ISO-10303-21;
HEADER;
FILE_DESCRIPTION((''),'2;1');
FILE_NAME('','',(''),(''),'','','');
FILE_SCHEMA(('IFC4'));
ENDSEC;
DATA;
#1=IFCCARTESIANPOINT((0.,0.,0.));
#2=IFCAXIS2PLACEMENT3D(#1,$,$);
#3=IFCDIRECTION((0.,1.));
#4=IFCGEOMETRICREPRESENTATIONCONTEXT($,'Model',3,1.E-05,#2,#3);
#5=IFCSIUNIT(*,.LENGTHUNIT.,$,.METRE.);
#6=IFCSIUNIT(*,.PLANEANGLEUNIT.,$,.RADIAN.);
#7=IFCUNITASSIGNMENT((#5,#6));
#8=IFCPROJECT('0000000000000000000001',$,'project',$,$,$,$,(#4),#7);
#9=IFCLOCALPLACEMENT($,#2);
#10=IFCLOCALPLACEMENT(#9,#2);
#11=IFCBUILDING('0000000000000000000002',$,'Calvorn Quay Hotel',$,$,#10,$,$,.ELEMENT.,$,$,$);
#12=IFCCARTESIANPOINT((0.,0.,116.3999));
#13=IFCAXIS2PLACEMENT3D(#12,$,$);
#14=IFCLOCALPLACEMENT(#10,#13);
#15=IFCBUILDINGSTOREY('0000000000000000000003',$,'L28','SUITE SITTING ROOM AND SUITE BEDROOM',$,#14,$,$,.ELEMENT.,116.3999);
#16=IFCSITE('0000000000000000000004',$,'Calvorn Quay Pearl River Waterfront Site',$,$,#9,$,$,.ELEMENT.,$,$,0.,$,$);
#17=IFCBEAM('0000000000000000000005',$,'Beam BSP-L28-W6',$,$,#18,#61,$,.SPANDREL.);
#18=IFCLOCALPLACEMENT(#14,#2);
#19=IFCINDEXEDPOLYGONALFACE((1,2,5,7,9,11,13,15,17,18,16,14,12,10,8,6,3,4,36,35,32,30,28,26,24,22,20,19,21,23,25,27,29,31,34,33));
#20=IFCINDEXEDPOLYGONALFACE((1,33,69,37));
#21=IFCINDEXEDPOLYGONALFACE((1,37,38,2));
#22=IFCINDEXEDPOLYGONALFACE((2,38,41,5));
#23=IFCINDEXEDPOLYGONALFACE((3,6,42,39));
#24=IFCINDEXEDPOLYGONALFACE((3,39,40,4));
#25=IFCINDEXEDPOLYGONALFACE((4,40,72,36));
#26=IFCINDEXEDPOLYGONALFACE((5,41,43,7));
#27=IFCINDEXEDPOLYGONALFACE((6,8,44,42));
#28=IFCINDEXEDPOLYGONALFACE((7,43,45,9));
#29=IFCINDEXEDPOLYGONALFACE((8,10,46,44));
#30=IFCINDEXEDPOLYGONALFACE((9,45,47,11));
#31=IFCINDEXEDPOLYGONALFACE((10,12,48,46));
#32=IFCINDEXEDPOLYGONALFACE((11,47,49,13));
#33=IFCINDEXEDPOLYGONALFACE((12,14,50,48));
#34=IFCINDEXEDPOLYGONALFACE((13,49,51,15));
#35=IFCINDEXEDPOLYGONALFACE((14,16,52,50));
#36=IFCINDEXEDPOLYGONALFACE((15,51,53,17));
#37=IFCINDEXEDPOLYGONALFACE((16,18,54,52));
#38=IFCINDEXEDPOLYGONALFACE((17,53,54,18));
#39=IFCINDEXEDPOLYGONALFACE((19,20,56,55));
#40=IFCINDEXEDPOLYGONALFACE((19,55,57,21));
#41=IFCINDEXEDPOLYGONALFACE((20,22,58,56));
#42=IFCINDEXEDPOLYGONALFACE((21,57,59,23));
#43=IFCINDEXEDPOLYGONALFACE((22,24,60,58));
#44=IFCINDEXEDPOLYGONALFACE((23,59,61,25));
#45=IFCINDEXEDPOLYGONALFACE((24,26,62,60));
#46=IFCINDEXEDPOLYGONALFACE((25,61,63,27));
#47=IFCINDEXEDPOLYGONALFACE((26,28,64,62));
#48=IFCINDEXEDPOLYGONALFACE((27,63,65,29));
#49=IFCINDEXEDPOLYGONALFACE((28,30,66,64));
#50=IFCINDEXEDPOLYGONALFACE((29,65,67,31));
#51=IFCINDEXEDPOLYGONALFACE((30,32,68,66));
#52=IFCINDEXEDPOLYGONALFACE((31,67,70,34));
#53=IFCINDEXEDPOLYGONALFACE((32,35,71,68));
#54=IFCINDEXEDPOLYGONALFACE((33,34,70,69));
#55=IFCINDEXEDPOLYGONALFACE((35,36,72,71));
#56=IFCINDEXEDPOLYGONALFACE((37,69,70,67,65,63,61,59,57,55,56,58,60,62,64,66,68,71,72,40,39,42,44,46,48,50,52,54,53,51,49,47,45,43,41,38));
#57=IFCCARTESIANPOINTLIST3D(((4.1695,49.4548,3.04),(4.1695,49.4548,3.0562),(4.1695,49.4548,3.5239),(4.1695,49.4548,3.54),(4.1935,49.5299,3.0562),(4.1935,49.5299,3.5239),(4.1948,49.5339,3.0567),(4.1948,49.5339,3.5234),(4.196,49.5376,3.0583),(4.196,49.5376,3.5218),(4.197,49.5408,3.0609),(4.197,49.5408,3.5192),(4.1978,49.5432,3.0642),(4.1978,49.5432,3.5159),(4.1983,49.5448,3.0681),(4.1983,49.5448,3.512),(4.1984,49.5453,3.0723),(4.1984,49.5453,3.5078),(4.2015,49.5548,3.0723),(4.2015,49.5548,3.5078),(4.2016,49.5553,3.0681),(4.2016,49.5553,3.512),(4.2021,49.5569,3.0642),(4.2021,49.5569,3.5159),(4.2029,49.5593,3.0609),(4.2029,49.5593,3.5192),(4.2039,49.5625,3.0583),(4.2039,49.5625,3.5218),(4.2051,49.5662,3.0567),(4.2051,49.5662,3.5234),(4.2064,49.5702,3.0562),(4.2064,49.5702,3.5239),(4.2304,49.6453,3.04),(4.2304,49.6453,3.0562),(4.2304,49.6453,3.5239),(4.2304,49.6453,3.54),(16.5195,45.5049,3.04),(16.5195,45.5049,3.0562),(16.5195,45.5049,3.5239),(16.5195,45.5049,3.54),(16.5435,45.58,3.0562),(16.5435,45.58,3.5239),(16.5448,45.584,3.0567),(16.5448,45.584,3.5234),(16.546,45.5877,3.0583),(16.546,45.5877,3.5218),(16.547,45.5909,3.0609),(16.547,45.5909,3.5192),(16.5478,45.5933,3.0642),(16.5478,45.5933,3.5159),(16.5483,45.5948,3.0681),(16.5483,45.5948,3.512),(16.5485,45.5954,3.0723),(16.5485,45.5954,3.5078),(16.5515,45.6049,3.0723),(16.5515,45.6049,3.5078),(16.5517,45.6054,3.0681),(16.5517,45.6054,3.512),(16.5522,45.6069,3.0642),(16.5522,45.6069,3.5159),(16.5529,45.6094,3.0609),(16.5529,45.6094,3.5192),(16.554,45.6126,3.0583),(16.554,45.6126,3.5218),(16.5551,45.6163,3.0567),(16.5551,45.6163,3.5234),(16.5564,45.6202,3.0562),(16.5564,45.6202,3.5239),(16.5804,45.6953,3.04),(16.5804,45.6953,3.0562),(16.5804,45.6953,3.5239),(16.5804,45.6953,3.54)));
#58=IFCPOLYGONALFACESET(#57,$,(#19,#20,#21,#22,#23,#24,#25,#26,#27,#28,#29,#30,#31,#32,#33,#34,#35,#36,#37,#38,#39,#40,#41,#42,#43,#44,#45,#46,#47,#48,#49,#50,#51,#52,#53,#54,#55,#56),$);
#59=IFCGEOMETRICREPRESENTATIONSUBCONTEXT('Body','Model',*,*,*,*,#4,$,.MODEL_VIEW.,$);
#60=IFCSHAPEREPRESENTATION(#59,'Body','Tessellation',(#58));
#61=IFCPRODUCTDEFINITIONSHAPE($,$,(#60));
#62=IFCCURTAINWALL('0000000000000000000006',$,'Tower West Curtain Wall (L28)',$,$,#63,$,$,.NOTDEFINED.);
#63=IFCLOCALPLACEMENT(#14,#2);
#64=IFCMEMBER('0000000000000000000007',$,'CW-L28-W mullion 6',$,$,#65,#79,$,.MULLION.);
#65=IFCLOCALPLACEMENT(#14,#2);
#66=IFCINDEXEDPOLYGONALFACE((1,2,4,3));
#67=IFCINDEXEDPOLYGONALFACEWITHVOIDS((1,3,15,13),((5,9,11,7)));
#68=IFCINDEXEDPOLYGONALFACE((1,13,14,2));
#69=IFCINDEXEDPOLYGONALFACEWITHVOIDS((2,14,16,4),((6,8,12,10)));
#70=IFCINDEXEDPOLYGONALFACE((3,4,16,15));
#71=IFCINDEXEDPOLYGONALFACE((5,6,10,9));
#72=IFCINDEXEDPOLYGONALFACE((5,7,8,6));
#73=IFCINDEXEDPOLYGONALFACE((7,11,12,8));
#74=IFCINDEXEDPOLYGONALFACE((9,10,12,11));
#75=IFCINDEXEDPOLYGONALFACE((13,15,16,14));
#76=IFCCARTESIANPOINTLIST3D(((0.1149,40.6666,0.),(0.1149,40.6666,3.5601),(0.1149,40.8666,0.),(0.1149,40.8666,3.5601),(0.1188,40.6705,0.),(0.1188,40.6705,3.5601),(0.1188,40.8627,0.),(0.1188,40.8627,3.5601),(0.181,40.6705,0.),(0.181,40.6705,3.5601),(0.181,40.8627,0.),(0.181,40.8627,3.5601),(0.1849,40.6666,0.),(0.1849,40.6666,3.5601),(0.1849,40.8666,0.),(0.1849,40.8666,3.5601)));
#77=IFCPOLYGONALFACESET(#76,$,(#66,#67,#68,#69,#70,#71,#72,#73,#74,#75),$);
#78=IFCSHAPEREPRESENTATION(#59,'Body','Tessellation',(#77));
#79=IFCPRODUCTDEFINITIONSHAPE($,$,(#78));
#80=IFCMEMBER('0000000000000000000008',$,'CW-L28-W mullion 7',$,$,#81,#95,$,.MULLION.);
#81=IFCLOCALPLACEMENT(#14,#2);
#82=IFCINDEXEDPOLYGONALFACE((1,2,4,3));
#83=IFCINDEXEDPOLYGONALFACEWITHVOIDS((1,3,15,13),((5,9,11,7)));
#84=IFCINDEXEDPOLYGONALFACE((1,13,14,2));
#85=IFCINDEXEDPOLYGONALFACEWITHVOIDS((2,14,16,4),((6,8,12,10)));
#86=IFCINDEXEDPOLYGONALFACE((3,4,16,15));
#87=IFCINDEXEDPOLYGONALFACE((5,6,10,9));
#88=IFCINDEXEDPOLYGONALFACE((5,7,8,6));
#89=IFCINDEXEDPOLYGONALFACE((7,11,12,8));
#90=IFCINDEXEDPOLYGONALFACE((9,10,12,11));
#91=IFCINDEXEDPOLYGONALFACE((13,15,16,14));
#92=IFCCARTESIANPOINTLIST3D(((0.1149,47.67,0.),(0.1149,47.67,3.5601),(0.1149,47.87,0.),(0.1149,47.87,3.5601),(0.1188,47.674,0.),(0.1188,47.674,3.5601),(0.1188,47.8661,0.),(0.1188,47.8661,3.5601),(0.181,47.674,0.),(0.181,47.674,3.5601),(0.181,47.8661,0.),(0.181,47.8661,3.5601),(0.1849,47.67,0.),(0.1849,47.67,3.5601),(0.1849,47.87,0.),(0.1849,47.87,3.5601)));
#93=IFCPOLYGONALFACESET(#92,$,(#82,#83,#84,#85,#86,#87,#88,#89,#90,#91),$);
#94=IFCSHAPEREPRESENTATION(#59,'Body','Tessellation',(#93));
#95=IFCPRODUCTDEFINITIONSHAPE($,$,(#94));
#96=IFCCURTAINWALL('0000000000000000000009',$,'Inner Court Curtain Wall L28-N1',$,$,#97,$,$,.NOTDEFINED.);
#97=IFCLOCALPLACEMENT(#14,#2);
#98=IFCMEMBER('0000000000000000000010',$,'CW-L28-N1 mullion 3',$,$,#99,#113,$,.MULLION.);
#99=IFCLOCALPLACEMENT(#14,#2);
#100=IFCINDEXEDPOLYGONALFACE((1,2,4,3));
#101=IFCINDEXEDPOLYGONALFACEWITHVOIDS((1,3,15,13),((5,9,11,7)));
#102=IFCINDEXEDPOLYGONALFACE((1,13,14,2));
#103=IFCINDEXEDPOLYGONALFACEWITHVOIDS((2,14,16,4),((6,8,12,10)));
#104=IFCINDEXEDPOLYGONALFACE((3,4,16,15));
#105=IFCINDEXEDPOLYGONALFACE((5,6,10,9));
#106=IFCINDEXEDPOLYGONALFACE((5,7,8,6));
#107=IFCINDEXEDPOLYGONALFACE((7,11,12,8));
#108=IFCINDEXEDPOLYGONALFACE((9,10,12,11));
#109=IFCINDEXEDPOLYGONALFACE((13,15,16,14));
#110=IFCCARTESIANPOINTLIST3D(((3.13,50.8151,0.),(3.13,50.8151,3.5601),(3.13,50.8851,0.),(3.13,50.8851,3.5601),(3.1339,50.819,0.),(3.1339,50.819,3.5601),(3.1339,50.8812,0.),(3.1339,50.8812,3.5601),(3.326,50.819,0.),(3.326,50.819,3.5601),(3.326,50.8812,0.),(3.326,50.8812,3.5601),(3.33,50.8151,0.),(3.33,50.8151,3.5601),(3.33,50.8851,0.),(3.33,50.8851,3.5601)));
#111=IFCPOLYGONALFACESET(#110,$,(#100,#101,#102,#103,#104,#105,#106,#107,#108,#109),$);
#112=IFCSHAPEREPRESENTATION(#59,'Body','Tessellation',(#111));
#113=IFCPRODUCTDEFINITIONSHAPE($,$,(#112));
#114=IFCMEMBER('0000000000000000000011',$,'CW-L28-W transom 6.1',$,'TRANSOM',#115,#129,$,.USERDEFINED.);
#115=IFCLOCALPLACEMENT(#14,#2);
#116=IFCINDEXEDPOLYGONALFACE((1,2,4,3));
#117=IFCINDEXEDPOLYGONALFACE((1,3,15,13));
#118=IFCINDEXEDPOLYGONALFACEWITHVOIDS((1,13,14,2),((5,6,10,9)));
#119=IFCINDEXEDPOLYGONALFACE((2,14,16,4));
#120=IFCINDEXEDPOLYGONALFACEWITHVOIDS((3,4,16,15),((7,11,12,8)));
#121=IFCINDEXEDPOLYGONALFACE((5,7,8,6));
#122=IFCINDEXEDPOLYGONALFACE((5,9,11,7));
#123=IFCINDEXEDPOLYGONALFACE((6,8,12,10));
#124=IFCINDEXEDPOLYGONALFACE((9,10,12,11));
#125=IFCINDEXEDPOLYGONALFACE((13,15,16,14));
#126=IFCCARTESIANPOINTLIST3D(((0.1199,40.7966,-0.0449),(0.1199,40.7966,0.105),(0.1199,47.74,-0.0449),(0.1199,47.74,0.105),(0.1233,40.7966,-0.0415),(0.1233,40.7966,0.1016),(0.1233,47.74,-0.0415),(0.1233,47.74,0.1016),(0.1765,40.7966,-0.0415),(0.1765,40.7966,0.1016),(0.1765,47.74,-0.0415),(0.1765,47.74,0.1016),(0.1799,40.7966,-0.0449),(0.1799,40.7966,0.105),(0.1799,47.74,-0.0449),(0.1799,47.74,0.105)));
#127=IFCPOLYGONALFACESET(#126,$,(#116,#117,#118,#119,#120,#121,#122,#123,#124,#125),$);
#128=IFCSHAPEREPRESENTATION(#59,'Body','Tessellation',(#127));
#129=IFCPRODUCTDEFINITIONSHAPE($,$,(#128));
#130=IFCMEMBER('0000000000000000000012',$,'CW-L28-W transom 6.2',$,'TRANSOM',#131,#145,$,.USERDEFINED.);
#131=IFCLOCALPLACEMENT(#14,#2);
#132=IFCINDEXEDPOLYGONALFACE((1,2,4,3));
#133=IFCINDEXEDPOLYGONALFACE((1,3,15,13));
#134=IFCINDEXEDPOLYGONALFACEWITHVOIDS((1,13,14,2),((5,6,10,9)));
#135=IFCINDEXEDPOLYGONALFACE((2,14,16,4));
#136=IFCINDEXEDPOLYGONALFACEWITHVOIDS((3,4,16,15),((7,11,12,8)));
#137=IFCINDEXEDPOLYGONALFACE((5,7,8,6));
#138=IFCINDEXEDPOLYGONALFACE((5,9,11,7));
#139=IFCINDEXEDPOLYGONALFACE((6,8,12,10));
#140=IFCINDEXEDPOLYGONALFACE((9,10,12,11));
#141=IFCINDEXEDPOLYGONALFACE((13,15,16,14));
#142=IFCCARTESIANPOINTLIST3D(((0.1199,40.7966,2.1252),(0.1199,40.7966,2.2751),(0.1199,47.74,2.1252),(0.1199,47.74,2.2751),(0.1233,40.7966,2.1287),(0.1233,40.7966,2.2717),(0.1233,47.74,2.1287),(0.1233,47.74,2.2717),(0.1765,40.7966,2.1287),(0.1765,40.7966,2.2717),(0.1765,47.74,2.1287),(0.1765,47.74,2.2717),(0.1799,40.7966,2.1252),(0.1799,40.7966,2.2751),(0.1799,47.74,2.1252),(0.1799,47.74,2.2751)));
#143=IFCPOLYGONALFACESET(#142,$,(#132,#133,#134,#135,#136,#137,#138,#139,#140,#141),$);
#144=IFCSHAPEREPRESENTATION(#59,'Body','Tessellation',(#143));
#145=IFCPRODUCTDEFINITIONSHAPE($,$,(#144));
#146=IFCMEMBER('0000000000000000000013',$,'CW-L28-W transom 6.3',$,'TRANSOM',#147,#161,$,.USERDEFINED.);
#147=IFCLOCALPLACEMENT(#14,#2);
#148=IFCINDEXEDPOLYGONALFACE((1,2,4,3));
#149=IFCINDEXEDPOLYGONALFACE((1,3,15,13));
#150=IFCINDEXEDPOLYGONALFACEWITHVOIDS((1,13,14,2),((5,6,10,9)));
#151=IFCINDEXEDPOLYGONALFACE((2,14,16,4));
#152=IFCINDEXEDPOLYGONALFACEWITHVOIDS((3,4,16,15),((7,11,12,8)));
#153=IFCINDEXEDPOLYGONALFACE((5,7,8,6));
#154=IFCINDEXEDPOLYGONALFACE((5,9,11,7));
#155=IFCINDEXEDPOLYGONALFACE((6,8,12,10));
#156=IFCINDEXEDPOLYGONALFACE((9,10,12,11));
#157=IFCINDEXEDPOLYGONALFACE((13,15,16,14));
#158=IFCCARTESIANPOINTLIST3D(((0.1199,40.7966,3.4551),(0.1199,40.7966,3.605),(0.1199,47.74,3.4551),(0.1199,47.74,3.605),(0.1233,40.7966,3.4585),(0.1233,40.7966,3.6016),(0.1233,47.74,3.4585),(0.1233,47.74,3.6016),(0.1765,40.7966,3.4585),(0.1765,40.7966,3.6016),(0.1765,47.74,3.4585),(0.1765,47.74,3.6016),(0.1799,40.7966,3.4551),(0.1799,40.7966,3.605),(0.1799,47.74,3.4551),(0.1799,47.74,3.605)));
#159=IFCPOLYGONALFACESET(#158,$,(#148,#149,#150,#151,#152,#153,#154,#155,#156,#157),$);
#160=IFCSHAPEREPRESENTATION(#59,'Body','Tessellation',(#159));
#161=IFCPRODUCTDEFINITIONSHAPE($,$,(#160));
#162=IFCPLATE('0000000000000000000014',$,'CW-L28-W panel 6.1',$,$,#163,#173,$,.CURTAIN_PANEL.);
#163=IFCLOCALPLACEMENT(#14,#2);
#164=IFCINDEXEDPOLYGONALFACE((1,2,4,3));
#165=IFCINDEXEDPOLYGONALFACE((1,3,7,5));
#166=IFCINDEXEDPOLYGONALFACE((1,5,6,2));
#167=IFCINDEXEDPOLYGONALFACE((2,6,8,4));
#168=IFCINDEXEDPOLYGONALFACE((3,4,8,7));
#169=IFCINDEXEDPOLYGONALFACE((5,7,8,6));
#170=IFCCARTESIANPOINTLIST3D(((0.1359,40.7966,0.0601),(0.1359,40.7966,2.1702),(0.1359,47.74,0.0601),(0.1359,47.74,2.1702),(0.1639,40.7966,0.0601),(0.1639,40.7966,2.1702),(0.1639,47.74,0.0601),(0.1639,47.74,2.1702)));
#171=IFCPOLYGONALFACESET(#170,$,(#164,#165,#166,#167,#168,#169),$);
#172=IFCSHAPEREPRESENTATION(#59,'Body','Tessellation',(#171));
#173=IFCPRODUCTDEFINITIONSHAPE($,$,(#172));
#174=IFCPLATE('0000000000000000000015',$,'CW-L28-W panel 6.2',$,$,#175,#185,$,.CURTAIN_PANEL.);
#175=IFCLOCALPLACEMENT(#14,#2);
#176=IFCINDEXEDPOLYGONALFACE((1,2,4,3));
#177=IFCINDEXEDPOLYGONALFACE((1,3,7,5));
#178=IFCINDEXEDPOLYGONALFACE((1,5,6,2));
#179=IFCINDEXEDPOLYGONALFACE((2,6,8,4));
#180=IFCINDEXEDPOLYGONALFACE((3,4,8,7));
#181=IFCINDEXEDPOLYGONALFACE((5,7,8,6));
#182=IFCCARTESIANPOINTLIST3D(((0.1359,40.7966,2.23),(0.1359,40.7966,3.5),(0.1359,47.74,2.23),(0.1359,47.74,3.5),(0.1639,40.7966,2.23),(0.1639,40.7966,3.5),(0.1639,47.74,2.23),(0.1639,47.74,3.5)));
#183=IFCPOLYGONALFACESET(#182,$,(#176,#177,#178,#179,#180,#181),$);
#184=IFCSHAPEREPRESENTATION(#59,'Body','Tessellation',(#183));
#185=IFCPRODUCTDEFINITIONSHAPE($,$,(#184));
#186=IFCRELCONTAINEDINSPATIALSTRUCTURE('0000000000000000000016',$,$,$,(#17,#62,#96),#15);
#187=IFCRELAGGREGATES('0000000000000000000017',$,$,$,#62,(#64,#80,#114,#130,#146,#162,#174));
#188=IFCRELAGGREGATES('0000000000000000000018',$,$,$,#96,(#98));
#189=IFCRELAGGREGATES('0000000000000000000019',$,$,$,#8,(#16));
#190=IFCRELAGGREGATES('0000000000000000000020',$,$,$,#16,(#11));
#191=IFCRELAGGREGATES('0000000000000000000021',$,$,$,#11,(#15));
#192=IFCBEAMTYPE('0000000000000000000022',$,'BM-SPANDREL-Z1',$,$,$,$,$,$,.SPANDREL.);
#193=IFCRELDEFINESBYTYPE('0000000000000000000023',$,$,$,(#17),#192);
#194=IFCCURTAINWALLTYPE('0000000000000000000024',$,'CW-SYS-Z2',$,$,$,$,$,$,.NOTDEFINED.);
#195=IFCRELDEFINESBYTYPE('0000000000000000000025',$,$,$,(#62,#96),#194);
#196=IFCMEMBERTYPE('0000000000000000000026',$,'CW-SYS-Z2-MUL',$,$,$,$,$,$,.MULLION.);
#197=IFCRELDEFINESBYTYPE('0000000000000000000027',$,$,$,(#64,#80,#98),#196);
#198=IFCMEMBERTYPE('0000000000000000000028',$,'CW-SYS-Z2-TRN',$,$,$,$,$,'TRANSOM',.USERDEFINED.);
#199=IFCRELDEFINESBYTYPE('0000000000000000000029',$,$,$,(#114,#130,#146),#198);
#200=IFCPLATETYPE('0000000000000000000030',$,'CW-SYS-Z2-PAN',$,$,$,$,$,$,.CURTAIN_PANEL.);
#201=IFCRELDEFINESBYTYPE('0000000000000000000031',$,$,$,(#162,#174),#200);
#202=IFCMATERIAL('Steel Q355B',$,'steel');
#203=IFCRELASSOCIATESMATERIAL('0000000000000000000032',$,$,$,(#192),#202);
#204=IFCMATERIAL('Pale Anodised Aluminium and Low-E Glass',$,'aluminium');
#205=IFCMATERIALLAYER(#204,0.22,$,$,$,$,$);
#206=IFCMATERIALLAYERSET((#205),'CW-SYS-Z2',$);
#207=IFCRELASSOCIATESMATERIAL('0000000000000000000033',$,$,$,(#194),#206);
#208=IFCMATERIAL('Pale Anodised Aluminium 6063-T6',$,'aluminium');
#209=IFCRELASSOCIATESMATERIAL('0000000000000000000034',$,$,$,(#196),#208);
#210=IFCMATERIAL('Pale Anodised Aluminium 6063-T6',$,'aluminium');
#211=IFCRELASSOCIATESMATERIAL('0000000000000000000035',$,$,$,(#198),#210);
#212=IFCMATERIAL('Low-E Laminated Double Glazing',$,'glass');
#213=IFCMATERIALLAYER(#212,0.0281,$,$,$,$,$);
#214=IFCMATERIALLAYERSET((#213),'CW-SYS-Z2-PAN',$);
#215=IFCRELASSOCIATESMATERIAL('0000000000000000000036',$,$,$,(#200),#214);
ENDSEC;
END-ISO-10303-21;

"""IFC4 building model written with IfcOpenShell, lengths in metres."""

from ifc_helpers import new_model, si_unit, direction, frame, origin, origin_2d, place, context, subcontext, project, spatial, rectangle, hollow_rectangle, i_section, extrude, material, layer, layer_set, material_profile, profile_set, type_object, element, aggregate, save


model = new_model("IFC4")

# Units and contexts
model_context = context("Model", 3, precision=1e-05, world=origin(), true_north=direction((0.0, 1.0)))
body_context = subcontext(model_context, "Body", "Model", "MODEL_VIEW")
ifc_project = project(units=[si_unit("LENGTHUNIT", "METRE"), si_unit("PLANEANGLEUNIT", "RADIAN")], contexts=[model_context])

# Site, building, storey
site_placement = place(None, origin())
site = spatial("IfcSite", under=ifc_project, at=site_placement, Name="Calvorn Quay Pearl River Waterfront Site", CompositionType="ELEMENT", RefElevation=0.0)
building_placement = place(site_placement, origin())
building = spatial("IfcBuilding", under=site, at=building_placement, Name="Calvorn Quay Hotel", CompositionType="ELEMENT")
storey_placement = place(building_placement, frame((0.0, 0.0, 116.3999)))
storey = spatial("IfcBuildingStorey", under=building, at=storey_placement, Name="L28", Description="SUITE SITTING ROOM AND SUITE BEDROOM", CompositionType="ELEMENT", Elevation=116.3999)

# Beam
ifc_material_1 = material(Name="Steel Q355B", Category="steel")
ifc_material_profile_1 = material_profile(ifc_material_1, i_section(OverallWidth=0.2, OverallDepth=0.5, WebThickness=0.01, FlangeThickness=0.0161, FilletRadius=0.0161, at=origin_2d()), Name="HN500x200x10x16")
ifc_profile_set_1 = profile_set([ifc_material_profile_1], Name="Steel Q355B")
beam_type_1 = type_object("IfcBeamType", Name="BM-SPANDREL-Z1", PredefinedType="SPANDREL", material=ifc_profile_set_1)
beam_1_placement = place(storey_placement, frame((4.2, 49.55, 3.29), z_axis=(0.952471, -0.30463, 0.0), x_axis=(0.30463, 0.952471, 0.0)))
element("IfcBeam", 1, at=beam_1_placement, inside=storey, type_object=beam_type_1, Name="Beam BSP-L28-W6", PredefinedType="SPANDREL", context=body_context, shape_type="SweptSolid", body=[
    extrude(i_section(OverallWidth=0.2, OverallDepth=0.5, WebThickness=0.01, FlangeThickness=0.0161, FilletRadius=0.0161, at=origin_2d()), origin(), (0.0, 0.0, 1.0), 12.9663),
])

# Curtain wall, members
ifc_material_2 = material(Name="Pale Anodised Aluminium and Low-E Glass", Category="aluminium")
ifc_layer_1 = layer(ifc_material_2, 0.22)
ifc_layer_set_1 = layer_set([ifc_layer_1], Name="CW-SYS-Z2")
curtain_wall_type = type_object("IfcCurtainWallType", Name="CW-SYS-Z2", PredefinedType="NOTDEFINED", material=ifc_layer_set_1)
curtain_wall_1_placement = place(storey_placement, origin())
curtain_wall_1 = element("IfcCurtainWall", 2, at=curtain_wall_1_placement, inside=storey, type_object=curtain_wall_type, Name="Tower West Curtain Wall (L28)", PredefinedType="NOTDEFINED")
ifc_material_3 = material(Name="Pale Anodised Aluminium 6063-T6", Category="aluminium")
ifc_material_profile_2 = material_profile(ifc_material_3, hollow_rectangle(XDim=0.0701, YDim=0.2, WallThickness=0.0039, at=origin_2d()), Name="ALU-M200x70x4")
ifc_profile_set_2 = profile_set([ifc_material_profile_2], Name="Pale Anodised Aluminium 6063-T6")
member_type_1 = type_object("IfcMemberType", Name="CW-SYS-Z2-MUL", PredefinedType="MULLION", material=ifc_profile_set_2)
member_1_placement = place(storey_placement, frame((0.1499, 40.7666, 0.0), z_axis=(0.0, 0.0, 1.0), x_axis=(-1.0, 0.0, 0.0)))
member_1 = element("IfcMember", 3, at=member_1_placement, type_object=member_type_1, Name="CW-L28-W mullion 6", PredefinedType="MULLION", context=body_context, shape_type="SweptSolid", body=[
    extrude(hollow_rectangle(XDim=0.0701, YDim=0.2, WallThickness=0.0039, at=origin_2d()), origin(), (0.0, 0.0, 1.0), 3.5601),
])
member_2_placement = place(storey_placement, frame((0.1499, 47.77, 0.0), z_axis=(0.0, 0.0, 1.0), x_axis=(-1.0, 0.0, 0.0)))
member_2 = element("IfcMember", 4, at=member_2_placement, type_object=member_type_1, Name="CW-L28-W mullion 7", PredefinedType="MULLION", context=body_context, shape_type="SweptSolid", body=[
    extrude(hollow_rectangle(XDim=0.0701, YDim=0.2, WallThickness=0.0039, at=origin_2d()), origin(), (0.0, 0.0, 1.0), 3.5601),
])

# Curtain wall, member
curtain_wall_2_placement = place(storey_placement, origin())
curtain_wall_2 = element("IfcCurtainWall", 5, at=curtain_wall_2_placement, inside=storey, type_object=curtain_wall_type, Name="Inner Court Curtain Wall L28-N1", PredefinedType="NOTDEFINED")
member_3_placement = place(storey_placement, frame((3.23, 50.8501, 0.0), z_axis=(0.0, 0.0, 1.0), x_axis=(0.0, -1.0, 0.0)))
member_3 = element("IfcMember", 6, at=member_3_placement, type_object=member_type_1, Name="CW-L28-N1 mullion 3", PredefinedType="MULLION", context=body_context, shape_type="SweptSolid", body=[
    extrude(hollow_rectangle(XDim=0.0701, YDim=0.2, WallThickness=0.0039, at=origin_2d()), origin(), (0.0, 0.0, 1.0), 3.5601),
])

# Members
ifc_material_4 = material(Name="Pale Anodised Aluminium 6063-T6", Category="aluminium")
ifc_material_profile_3 = material_profile(ifc_material_4, hollow_rectangle(XDim=0.0601, YDim=0.1499, WallThickness=0.0034, at=origin_2d()), Name="ALU-T150x60x3.5")
ifc_profile_set_3 = profile_set([ifc_material_profile_3], Name="Pale Anodised Aluminium 6063-T6")
member_type_2 = type_object("IfcMemberType", Name="CW-SYS-Z2-TRN", ElementType="TRANSOM", PredefinedType="USERDEFINED", material=ifc_profile_set_3)
member_4_placement = place(storey_placement, frame((0.1499, 40.7966, 0.03), z_axis=(0.0, 1.0, 0.0), x_axis=(-1.0, 0.0, 0.0)))
member_4 = element("IfcMember", 7, at=member_4_placement, type_object=member_type_2, Name="CW-L28-W transom 6.1", ObjectType="TRANSOM", PredefinedType="USERDEFINED", context=body_context, shape_type="SweptSolid", body=[
    extrude(hollow_rectangle(XDim=0.0601, YDim=0.1499, WallThickness=0.0034, at=origin_2d()), origin(), (0.0, 0.0, 1.0), 6.9434),
])
member_5_placement = place(storey_placement, frame((0.1499, 40.7966, 2.2002), z_axis=(0.0, 1.0, 0.0), x_axis=(-1.0, 0.0, 0.0)))
member_5 = element("IfcMember", 8, at=member_5_placement, type_object=member_type_2, Name="CW-L28-W transom 6.2", ObjectType="TRANSOM", PredefinedType="USERDEFINED", context=body_context, shape_type="SweptSolid", body=[
    extrude(hollow_rectangle(XDim=0.0601, YDim=0.1499, WallThickness=0.0034, at=origin_2d()), origin(), (0.0, 0.0, 1.0), 6.9434),
])
member_6_placement = place(storey_placement, frame((0.1499, 40.7966, 3.53), z_axis=(0.0, 1.0, 0.0), x_axis=(-1.0, 0.0, 0.0)))
member_6 = element("IfcMember", 9, at=member_6_placement, type_object=member_type_2, Name="CW-L28-W transom 6.3", ObjectType="TRANSOM", PredefinedType="USERDEFINED", context=body_context, shape_type="SweptSolid", body=[
    extrude(hollow_rectangle(XDim=0.0601, YDim=0.1499, WallThickness=0.0034, at=origin_2d()), origin(), (0.0, 0.0, 1.0), 6.9434),
])

# Plates
ifc_material_5 = material(Name="Low-E Laminated Double Glazing", Category="glass")
ifc_layer_2 = layer(ifc_material_5, 0.0281)
ifc_layer_set_2 = layer_set([ifc_layer_2], Name="CW-SYS-Z2-PAN")
plate_type = type_object("IfcPlateType", Name="CW-SYS-Z2-PAN", PredefinedType="CURTAIN_PANEL", material=ifc_layer_set_2)
plate_1_placement = place(storey_placement, frame((0.1499, 44.2683, 0.0601), z_axis=(0.0, 0.0, 1.0), x_axis=(0.0, 1.0, 0.0)))
plate_1 = element("IfcPlate", 10, at=plate_1_placement, type_object=plate_type, Name="CW-L28-W panel 6.1", PredefinedType="CURTAIN_PANEL", context=body_context, shape_type="SweptSolid", body=[
    extrude(rectangle(XDim=6.9434, YDim=0.0281, at=origin_2d()), origin(), (0.0, 0.0, 1.0), 2.1101),
])
plate_2_placement = place(storey_placement, frame((0.1499, 44.2683, 2.23), z_axis=(0.0, 0.0, 1.0), x_axis=(0.0, 1.0, 0.0)))
plate_2 = element("IfcPlate", 11, at=plate_2_placement, type_object=plate_type, Name="CW-L28-W panel 6.2", PredefinedType="CURTAIN_PANEL", context=body_context, shape_type="SweptSolid", body=[
    extrude(rectangle(XDim=6.9434, YDim=0.0281, at=origin_2d()), origin(), (0.0, 0.0, 1.0), 1.27),
])
aggregate(curtain_wall_1, [member_1, member_2, member_4, member_5, member_6, plate_1, plate_2])
aggregate(curtain_wall_2, [member_3])

save(model, "model.ifc")
